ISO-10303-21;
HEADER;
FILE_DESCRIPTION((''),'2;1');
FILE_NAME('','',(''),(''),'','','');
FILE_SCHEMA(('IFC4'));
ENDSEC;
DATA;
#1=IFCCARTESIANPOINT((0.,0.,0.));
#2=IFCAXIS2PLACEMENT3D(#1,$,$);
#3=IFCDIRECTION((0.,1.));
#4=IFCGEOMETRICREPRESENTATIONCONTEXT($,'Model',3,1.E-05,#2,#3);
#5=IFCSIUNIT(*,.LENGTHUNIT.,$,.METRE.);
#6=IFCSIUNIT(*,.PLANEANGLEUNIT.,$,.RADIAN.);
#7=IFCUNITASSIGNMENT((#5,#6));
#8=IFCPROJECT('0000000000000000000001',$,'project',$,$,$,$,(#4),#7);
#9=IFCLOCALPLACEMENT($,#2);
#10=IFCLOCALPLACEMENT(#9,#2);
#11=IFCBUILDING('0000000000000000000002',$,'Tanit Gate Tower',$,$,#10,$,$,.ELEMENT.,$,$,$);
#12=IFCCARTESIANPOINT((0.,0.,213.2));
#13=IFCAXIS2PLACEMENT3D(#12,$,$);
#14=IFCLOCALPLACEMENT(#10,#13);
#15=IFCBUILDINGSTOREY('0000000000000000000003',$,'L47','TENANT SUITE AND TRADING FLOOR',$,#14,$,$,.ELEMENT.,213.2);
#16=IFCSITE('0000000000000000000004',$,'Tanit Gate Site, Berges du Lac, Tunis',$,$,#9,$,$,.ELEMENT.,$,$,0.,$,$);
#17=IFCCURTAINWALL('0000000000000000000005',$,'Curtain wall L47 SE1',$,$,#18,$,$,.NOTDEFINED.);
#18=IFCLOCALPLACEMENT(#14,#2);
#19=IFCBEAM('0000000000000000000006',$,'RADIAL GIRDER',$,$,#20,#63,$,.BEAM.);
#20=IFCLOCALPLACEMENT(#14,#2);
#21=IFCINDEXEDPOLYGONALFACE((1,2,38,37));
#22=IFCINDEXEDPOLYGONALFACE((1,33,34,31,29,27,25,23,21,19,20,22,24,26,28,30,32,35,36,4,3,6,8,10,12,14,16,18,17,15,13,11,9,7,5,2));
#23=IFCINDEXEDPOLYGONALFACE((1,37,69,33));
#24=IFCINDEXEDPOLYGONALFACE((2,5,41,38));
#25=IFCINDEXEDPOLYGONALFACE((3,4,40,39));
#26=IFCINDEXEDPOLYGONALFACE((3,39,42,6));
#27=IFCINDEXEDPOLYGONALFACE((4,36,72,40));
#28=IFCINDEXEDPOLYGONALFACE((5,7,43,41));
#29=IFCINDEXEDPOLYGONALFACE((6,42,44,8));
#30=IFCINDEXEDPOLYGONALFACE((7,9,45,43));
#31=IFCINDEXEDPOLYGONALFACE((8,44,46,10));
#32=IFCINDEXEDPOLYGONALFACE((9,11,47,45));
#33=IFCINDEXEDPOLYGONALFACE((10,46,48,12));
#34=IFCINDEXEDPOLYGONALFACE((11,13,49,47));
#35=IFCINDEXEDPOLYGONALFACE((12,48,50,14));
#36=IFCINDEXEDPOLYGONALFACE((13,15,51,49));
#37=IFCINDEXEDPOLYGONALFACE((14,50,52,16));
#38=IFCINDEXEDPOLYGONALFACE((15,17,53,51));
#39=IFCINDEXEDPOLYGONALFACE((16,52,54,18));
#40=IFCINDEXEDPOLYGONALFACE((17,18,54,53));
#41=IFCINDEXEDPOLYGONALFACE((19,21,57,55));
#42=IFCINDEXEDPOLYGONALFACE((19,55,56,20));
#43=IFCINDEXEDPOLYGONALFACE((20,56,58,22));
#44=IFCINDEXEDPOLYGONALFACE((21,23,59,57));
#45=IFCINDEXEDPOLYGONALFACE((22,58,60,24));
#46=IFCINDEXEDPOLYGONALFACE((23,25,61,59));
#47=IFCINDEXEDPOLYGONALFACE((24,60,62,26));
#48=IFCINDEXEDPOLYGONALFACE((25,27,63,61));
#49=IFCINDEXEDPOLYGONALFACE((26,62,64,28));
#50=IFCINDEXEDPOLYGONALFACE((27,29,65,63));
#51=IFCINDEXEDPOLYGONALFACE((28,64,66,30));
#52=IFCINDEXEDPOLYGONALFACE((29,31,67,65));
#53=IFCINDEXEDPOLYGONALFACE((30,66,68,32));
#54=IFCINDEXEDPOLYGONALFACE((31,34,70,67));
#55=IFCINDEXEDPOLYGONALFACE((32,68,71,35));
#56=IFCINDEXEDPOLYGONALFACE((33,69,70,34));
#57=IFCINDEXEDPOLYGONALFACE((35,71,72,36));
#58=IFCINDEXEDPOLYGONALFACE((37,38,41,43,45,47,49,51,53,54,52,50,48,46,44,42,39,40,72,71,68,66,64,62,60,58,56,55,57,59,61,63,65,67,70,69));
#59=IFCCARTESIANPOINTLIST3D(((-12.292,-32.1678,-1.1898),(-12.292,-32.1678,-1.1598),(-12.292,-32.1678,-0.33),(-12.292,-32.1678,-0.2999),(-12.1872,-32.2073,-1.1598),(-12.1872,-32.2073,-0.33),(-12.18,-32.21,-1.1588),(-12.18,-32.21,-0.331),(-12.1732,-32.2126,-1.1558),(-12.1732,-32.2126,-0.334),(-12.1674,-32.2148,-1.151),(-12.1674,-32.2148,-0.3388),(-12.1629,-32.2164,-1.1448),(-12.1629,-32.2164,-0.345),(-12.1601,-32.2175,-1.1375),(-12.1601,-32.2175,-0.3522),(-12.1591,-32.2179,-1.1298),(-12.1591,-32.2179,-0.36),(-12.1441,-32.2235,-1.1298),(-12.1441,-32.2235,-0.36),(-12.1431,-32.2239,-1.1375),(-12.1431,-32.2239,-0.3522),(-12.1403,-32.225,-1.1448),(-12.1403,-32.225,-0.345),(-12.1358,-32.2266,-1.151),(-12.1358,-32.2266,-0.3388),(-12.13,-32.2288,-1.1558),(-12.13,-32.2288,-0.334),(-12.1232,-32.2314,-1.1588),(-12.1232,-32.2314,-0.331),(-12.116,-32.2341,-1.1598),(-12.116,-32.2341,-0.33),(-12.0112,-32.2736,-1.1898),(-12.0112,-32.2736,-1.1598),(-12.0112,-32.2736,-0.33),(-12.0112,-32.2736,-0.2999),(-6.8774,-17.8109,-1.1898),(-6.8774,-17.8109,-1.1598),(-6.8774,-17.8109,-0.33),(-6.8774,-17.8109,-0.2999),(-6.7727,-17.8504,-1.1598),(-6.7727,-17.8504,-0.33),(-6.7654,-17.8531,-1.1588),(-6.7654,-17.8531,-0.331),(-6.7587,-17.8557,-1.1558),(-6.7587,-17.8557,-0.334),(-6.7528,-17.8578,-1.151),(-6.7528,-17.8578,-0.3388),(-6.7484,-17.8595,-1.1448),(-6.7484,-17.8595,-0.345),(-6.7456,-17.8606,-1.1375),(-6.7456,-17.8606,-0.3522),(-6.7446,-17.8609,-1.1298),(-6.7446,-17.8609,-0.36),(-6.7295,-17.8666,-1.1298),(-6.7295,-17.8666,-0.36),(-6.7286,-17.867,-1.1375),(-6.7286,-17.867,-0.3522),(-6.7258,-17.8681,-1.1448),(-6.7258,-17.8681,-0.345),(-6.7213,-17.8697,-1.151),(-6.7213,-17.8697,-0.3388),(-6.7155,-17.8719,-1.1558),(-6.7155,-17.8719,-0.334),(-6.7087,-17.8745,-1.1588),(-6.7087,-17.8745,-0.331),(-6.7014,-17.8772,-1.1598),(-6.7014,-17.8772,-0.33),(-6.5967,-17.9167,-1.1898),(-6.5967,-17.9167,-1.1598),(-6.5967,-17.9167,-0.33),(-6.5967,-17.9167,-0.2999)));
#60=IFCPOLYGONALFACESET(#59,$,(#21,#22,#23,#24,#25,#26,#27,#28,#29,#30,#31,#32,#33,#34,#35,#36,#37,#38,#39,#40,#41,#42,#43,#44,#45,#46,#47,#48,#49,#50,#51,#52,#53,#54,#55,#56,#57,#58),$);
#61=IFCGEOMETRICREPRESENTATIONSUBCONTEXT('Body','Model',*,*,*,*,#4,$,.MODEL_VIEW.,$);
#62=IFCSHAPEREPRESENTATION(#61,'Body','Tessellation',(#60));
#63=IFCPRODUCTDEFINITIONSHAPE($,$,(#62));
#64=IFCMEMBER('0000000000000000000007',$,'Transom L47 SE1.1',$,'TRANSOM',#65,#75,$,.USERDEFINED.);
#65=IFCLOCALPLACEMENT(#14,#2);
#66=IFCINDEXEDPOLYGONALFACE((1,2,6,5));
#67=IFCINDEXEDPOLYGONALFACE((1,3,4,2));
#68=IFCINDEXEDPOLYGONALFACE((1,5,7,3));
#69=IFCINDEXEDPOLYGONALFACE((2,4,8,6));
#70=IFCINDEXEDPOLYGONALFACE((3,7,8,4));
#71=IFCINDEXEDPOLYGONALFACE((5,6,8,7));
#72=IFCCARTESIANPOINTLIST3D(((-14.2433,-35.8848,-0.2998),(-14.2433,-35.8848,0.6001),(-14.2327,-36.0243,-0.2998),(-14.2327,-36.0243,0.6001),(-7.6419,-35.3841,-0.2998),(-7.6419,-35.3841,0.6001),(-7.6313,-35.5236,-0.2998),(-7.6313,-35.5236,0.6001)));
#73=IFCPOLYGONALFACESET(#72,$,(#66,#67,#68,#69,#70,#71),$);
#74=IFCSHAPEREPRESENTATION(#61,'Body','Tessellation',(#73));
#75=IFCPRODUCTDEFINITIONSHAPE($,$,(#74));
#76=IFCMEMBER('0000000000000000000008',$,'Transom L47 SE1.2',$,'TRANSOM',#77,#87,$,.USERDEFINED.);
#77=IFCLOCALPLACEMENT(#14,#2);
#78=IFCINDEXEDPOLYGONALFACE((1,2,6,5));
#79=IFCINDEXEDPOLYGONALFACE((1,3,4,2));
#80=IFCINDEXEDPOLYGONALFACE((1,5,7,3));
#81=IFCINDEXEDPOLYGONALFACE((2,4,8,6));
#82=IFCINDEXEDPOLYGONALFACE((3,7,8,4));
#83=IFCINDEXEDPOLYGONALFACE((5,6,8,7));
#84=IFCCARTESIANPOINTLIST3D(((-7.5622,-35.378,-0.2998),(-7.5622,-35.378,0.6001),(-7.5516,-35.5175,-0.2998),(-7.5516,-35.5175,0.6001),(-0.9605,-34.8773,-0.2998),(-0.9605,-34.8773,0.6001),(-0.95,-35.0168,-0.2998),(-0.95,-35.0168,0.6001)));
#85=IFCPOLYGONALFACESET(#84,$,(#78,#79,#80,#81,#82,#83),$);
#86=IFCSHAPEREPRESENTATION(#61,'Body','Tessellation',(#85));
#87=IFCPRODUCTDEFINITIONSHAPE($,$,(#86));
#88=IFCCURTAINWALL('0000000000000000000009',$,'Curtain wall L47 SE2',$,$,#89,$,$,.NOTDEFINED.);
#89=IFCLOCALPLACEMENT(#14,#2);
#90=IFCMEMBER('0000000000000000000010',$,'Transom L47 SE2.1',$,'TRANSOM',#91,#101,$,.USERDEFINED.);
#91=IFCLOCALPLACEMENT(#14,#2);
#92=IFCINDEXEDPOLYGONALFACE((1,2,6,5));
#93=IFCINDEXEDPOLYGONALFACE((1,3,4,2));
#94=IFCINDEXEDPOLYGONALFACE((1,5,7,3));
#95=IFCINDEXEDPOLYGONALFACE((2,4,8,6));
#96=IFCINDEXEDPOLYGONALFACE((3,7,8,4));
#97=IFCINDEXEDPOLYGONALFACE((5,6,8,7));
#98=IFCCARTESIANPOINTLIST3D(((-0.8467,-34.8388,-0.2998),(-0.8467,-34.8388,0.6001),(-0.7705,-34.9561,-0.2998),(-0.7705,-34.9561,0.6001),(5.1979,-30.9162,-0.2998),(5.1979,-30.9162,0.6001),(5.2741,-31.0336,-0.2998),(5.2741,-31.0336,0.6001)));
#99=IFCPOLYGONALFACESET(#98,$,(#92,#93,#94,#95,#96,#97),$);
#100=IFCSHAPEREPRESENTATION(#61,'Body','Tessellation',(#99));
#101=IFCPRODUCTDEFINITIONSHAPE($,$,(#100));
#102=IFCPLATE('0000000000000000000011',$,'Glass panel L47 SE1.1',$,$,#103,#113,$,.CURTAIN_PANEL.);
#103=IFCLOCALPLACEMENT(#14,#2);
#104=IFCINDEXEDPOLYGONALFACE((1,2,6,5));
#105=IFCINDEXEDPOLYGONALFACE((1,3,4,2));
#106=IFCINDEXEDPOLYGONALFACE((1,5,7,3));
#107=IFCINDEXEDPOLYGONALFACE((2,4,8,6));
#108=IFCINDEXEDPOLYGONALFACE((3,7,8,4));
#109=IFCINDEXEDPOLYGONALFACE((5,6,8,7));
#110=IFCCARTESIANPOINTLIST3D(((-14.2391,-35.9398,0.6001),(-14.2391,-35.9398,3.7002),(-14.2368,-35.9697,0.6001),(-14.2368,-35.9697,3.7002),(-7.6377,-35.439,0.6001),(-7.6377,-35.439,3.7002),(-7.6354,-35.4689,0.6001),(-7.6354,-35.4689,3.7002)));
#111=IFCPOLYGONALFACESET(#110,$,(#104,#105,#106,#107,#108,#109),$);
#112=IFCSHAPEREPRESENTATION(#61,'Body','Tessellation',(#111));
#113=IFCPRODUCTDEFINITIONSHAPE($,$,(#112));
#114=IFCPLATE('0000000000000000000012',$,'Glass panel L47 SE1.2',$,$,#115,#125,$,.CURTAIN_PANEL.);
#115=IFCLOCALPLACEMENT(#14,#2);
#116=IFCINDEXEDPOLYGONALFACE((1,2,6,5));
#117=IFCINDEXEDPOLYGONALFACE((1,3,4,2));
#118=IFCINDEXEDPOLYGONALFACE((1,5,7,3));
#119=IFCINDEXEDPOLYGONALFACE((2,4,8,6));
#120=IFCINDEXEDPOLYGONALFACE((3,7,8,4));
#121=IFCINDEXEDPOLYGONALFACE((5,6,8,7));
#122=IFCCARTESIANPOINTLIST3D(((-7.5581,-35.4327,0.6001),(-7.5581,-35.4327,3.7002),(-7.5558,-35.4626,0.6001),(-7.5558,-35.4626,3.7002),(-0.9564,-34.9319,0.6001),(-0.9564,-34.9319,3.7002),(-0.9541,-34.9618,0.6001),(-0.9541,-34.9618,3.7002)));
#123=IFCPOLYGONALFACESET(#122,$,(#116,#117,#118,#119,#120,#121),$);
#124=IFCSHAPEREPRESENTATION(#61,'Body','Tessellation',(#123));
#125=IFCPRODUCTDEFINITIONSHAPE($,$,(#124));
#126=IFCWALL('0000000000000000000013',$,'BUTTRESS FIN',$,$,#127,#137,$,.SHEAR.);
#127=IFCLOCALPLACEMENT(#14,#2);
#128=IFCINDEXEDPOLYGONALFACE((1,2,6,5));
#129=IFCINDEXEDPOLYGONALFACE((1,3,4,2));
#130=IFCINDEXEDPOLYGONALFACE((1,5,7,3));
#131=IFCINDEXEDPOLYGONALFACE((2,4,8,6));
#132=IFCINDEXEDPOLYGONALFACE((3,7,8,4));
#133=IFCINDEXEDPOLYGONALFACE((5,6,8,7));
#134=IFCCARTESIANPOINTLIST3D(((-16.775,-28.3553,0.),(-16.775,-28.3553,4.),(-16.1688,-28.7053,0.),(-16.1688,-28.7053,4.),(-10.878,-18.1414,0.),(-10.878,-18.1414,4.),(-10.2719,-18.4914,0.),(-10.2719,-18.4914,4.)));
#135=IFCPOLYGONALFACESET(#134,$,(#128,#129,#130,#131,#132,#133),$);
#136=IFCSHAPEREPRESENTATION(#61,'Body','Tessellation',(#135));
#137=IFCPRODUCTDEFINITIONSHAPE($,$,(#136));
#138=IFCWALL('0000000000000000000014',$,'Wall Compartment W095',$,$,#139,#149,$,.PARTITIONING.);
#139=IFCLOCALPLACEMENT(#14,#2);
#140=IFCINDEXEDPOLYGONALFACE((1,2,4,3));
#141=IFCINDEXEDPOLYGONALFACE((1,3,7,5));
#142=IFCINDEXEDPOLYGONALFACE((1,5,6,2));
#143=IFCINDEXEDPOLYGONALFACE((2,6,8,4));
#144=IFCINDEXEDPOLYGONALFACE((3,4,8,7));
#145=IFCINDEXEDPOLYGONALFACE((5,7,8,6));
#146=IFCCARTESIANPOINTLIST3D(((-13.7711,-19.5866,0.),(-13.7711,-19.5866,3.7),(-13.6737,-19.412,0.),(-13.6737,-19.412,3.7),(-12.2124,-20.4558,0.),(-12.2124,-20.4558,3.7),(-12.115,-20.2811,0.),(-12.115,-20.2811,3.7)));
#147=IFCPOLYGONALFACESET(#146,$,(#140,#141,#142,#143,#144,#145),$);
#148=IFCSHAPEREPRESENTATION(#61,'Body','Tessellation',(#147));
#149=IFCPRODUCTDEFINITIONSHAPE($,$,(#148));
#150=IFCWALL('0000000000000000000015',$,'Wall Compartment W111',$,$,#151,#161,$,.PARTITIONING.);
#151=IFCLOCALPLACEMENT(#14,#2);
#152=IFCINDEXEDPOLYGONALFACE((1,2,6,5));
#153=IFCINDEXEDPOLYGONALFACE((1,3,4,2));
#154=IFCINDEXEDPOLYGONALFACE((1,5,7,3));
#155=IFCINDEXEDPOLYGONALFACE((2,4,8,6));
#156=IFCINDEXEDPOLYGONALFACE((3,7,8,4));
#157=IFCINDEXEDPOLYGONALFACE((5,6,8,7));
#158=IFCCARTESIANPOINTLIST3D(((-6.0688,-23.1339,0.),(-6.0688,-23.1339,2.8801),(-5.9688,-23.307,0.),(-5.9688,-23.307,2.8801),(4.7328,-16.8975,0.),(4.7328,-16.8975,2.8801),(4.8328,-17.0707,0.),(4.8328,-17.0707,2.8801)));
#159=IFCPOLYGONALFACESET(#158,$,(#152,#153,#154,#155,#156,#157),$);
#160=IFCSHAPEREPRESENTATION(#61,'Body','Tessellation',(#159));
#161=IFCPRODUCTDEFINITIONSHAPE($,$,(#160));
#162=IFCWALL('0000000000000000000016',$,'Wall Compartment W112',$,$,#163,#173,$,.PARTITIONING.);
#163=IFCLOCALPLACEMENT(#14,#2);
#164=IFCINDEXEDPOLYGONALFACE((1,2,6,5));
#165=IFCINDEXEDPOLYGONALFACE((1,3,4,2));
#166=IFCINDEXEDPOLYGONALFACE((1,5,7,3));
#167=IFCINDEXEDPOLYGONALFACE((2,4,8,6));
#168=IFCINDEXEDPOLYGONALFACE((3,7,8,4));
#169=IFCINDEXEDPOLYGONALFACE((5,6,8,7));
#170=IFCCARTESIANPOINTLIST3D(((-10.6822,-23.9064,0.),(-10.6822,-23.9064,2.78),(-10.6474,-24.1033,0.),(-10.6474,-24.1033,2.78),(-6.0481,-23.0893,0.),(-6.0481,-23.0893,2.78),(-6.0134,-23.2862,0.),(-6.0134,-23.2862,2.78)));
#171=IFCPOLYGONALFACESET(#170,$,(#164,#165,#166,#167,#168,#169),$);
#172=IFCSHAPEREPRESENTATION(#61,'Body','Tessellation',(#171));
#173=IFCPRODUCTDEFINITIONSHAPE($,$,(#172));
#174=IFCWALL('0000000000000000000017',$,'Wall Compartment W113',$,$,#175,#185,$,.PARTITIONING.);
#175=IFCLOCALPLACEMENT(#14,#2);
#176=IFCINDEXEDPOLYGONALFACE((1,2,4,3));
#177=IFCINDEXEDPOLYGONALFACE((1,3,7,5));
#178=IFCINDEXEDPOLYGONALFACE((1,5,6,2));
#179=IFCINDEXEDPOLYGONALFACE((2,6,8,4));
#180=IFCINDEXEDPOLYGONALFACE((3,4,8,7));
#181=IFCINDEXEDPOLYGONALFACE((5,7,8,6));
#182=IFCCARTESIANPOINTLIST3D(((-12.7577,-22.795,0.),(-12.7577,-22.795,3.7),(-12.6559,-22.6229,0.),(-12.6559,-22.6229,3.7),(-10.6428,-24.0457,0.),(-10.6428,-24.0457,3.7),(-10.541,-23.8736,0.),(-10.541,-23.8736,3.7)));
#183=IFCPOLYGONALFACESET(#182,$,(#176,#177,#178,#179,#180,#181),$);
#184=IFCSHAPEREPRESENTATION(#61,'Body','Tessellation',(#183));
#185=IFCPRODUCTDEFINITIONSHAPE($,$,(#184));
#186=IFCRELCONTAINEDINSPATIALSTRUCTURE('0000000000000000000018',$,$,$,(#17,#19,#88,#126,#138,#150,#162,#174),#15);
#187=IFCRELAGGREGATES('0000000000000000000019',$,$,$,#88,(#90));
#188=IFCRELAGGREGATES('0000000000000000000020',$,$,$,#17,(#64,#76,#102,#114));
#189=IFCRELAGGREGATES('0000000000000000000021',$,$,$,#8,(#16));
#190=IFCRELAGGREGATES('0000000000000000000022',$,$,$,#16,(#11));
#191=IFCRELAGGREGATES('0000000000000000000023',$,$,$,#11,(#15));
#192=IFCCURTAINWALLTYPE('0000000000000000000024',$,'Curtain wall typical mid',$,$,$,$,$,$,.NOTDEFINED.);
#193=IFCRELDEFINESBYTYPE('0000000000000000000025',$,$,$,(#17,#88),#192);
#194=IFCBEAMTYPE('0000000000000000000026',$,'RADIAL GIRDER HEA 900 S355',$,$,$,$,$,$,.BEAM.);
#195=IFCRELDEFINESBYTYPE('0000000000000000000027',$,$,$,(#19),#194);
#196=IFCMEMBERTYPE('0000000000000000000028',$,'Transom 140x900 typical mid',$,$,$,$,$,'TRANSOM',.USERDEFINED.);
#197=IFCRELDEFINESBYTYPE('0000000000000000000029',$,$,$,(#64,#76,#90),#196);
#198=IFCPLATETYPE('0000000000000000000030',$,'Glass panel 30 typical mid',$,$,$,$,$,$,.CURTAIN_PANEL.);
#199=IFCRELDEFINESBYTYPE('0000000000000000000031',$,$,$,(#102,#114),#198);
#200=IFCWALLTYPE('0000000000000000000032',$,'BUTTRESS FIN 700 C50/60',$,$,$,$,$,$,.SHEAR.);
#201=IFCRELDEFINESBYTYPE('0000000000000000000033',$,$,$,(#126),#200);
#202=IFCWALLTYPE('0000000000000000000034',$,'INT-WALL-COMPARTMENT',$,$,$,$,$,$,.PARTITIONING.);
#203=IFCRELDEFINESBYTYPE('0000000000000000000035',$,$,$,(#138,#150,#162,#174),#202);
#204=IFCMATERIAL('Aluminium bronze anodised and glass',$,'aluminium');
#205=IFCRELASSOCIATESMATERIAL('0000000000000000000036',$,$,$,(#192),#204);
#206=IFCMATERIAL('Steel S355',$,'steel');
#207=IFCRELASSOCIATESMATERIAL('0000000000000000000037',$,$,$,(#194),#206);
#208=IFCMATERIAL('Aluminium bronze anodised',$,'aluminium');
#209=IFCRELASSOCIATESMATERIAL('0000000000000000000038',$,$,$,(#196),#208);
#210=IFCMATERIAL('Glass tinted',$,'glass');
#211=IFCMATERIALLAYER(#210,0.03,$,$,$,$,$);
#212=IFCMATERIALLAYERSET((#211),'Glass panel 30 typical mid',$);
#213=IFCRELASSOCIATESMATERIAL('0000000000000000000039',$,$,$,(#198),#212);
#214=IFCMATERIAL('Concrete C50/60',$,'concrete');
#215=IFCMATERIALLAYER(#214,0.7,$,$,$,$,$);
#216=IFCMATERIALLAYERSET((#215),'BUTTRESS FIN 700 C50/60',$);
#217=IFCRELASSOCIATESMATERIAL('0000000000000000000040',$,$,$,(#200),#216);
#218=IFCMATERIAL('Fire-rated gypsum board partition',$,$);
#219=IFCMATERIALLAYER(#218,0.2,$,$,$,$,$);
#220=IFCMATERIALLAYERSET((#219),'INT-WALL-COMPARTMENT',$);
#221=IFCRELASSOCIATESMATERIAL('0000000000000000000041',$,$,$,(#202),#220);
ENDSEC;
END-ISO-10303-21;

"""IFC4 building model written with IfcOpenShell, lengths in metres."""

from ifc_helpers import new_model, si_unit, direction, frame, frame_2d, origin, origin_2d, place, context, subcontext, project, spatial, rectangle, i_section, extrude, material, layer, layer_set, material_profile, profile_set, type_object, element, aggregate, save


model = new_model("IFC4")

# Units and contexts
model_context = context("Model", 3, precision=1e-05, world=origin(), true_north=direction((0.0, 1.0)))
body_context = subcontext(model_context, "Body", "Model", "MODEL_VIEW")
ifc_project = project(units=[si_unit("LENGTHUNIT", "METRE"), si_unit("PLANEANGLEUNIT", "RADIAN")], contexts=[model_context])

# Site, building, storey
site_placement = place(None, origin())
site = spatial("IfcSite", under=ifc_project, at=site_placement, Name="Tanit Gate Site, Berges du Lac, Tunis", CompositionType="ELEMENT", RefElevation=0.0)
building_placement = place(site_placement, origin())
building = spatial("IfcBuilding", under=site, at=building_placement, Name="Tanit Gate Tower", CompositionType="ELEMENT")
storey_placement = place(building_placement, frame((0.0, 0.0, 213.2)))
storey = spatial("IfcBuildingStorey", under=building, at=storey_placement, Name="L47", Description="TENANT SUITE AND TRADING FLOOR", CompositionType="ELEMENT", Elevation=213.2)

# Curtain wall
ifc_material_1 = material(Name="Aluminium bronze anodised and glass", Category="aluminium")
curtain_wall_type = type_object("IfcCurtainWallType", Name="Curtain wall typical mid", PredefinedType="NOTDEFINED", material=ifc_material_1)
curtain_wall_1_placement = place(storey_placement, origin())
curtain_wall_1 = element("IfcCurtainWall", 1, at=curtain_wall_1_placement, inside=storey, type_object=curtain_wall_type, Name="Curtain wall L47 SE1", PredefinedType="NOTDEFINED")

# Beam
ifc_material_2 = material(Name="Steel S355", Category="steel")
ifc_material_profile_1 = material_profile(ifc_material_2, i_section(OverallWidth=0.3, OverallDepth=0.8899, WebThickness=0.0161, FlangeThickness=0.03, FilletRadius=0.03, at=origin_2d()), Name="HEA 900")
ifc_profile_set_1 = profile_set([ifc_material_profile_1], Name="Steel S355")
beam_type_1 = type_object("IfcBeamType", Name="RADIAL GIRDER HEA 900 S355", PredefinedType="BEAM", material=ifc_profile_set_1)
beam_1_placement = place(storey_placement, frame((-12.1516, -32.2207, -0.7449), z_axis=(0.352877, 0.93567, 0.0), x_axis=(-0.93567, 0.352877, 0.0)))
element("IfcBeam", 2, at=beam_1_placement, inside=storey, type_object=beam_type_1, Name="RADIAL GIRDER", PredefinedType="BEAM", context=body_context, shape_type="SweptSolid", body=[
    extrude(i_section(OverallWidth=0.3, OverallDepth=0.8899, WebThickness=0.0161, FlangeThickness=0.03, FilletRadius=0.03, at=origin_2d()), origin(), (0.0, 0.0, 1.0), 15.344),
])

# Members
ifc_material_3 = material(Name="Aluminium bronze anodised", Category="aluminium")
ifc_material_profile_2 = material_profile(ifc_material_3, rectangle(XDim=0.1399, YDim=0.8999, at=origin_2d()), Name="140x900 bronze transom")
ifc_profile_set_2 = profile_set([ifc_material_profile_2], Name="Aluminium bronze anodised")
member_type_1 = type_object("IfcMemberType", Name="Transom 140x900 typical mid", ElementType="TRANSOM", PredefinedType="USERDEFINED", material=ifc_profile_set_2)
member_1_placement = place(storey_placement, frame((-14.238, -35.9546, 0.1501), z_axis=(0.997135, 0.075636, 0.0), x_axis=(-0.075636, 0.997135, 0.0)))
member_1 = element("IfcMember", 3, at=member_1_placement, type_object=member_type_1, Name="Transom L47 SE1.1", ObjectType="TRANSOM", PredefinedType="USERDEFINED", context=body_context, shape_type="SweptSolid", body=[
    extrude(rectangle(XDim=0.1399, YDim=0.8999, at=origin_2d()), origin(), (0.0, 0.0, 1.0), 6.6204),
])
member_2_placement = place(storey_placement, frame((-7.5569, -35.4478, 0.1501), z_axis=(0.997136, 0.075633, 0.0), x_axis=(-0.075633, 0.997136, 0.0)))
member_2 = element("IfcMember", 4, at=member_2_placement, type_object=member_type_1, Name="Transom L47 SE1.2", ObjectType="TRANSOM", PredefinedType="USERDEFINED", context=body_context, shape_type="SweptSolid", body=[
    extrude(rectangle(XDim=0.1399, YDim=0.8999, at=origin_2d()), origin(), (0.0, 0.0, 1.0), 6.6206),
])

# Curtain wall, member
curtain_wall_2_placement = place(storey_placement, origin())
curtain_wall_2 = element("IfcCurtainWall", 5, at=curtain_wall_2_placement, inside=storey, type_object=curtain_wall_type, Name="Curtain wall L47 SE2", PredefinedType="NOTDEFINED")
member_3_placement = place(storey_placement, frame((-0.8086, -34.8975, 0.1501), z_axis=(0.838851, 0.544361, 0.0), x_axis=(-0.544361, 0.838851, 0.0)))
member_3 = element("IfcMember", 6, at=member_3_placement, type_object=member_type_1, Name="Transom L47 SE2.1", ObjectType="TRANSOM", PredefinedType="USERDEFINED", context=body_context, shape_type="SweptSolid", body=[
    extrude(rectangle(XDim=0.1399, YDim=0.8999, at=origin_2d()), origin(), (0.0, 0.0, 1.0), 7.2058),
])
aggregate(curtain_wall_2, [member_3])

# Plates
ifc_material_4 = material(Name="Glass tinted", Category="glass")
ifc_layer_1 = layer(ifc_material_4, 0.03)
ifc_layer_set_1 = layer_set([ifc_layer_1], Name="Glass panel 30 typical mid")
plate_type = type_object("IfcPlateType", Name="Glass panel 30 typical mid", PredefinedType="CURTAIN_PANEL", material=ifc_layer_set_1)
plate_1_placement = place(storey_placement, frame((-10.9373, -35.7043, 0.6001), z_axis=(0.0, 0.0, 1.0), x_axis=(0.997135, 0.075645, 0.0)))
plate_1 = element("IfcPlate", 7, at=plate_1_placement, type_object=plate_type, Name="Glass panel L47 SE1.1", PredefinedType="CURTAIN_PANEL", context=body_context, shape_type="SweptSolid", body=[
    extrude(rectangle(XDim=6.6204, YDim=0.03, at=origin_2d()), origin(), (0.0, 0.0, 1.0), 3.1001),
])
plate_2_placement = place(storey_placement, frame((-4.2561, -35.1973, 0.6001), z_axis=(0.0, 0.0, 1.0), x_axis=(0.997135, 0.075645, 0.0)))
plate_2 = element("IfcPlate", 8, at=plate_2_placement, type_object=plate_type, Name="Glass panel L47 SE1.2", PredefinedType="CURTAIN_PANEL", context=body_context, shape_type="SweptSolid", body=[
    extrude(rectangle(XDim=6.6206, YDim=0.03, at=origin_2d()), origin(), (0.0, 0.0, 1.0), 3.1001),
])
aggregate(curtain_wall_1, [member_1, member_2, plate_1, plate_2])

# Wall
ifc_material_5 = material(Name="Concrete C50/60", Category="concrete")
ifc_layer_2 = layer(ifc_material_5, 0.7)
ifc_layer_set_2 = layer_set([ifc_layer_2], Name="BUTTRESS FIN 700 C50/60")
wall_type_1 = type_object("IfcWallType", Name="BUTTRESS FIN 700 C50/60", PredefinedType="SHEAR", material=ifc_layer_set_2)
wall_1_placement = place(storey_placement, frame((-10.575, -18.3164, 0.0), z_axis=(0.0, 0.0, 1.0), x_axis=(-0.5, -0.866026, 0.0)))
element("IfcWall", 9, at=wall_1_placement, inside=storey, type_object=wall_type_1, Name="BUTTRESS FIN", PredefinedType="SHEAR", context=body_context, shape_type="SweptSolid", body=[
    extrude(rectangle(XDim=11.7939, YDim=0.7, at=frame_2d((5.897, 0.0))), origin(), (0.0, 0.0, 1.0), 4.0),
])

# Walls
ifc_material_6 = material(Name="Fire-rated gypsum board partition")
ifc_layer_3 = layer(ifc_material_6, 0.2)
ifc_layer_set_3 = layer_set([ifc_layer_3], Name="INT-WALL-COMPARTMENT")
wall_type_2 = type_object("IfcWallType", Name="INT-WALL-COMPARTMENT", PredefinedType="PARTITIONING", material=ifc_layer_set_3)
wall_2_placement = place(storey_placement, frame((-13.7224, -19.4993, 0.0), z_axis=(0.0, 0.0, 1.0), x_axis=(0.873382, -0.487036, 0.0)))
element("IfcWall", 10, at=wall_2_placement, inside=storey, type_object=wall_type_2, Name="Wall Compartment W095", PredefinedType="PARTITIONING", context=body_context, shape_type="SweptSolid", body=[
    extrude(rectangle(XDim=1.7847, YDim=0.2, at=frame_2d((0.8923, 0.0))), origin(), (0.0, 0.0, 1.0), 3.7),
])
wall_3_placement = place(storey_placement, frame((-6.0188, -23.2205, 0.0), z_axis=(0.0, 0.0, 1.0), x_axis=(0.866023, 0.500004, 0.0)))
element("IfcWall", 11, at=wall_3_placement, inside=storey, type_object=wall_type_2, Name="Wall Compartment W111", PredefinedType="PARTITIONING", context=body_context, shape_type="SweptSolid", body=[
    extrude(rectangle(XDim=12.4727, YDim=0.2, at=frame_2d((6.2363, 0.0))), origin(), (0.0, 0.0, 1.0), 2.8801),
])
wall_4_placement = place(storey_placement, frame((-10.6648, -24.0049, 0.0), z_axis=(0.0, 0.0, 1.0), x_axis=(0.984807, 0.173655, 0.0)))
element("IfcWall", 12, at=wall_4_placement, inside=storey, type_object=wall_type_2, Name="Wall Compartment W112", PredefinedType="PARTITIONING", context=body_context, shape_type="SweptSolid", body=[
    extrude(rectangle(XDim=4.7056, YDim=0.2, at=frame_2d((2.3528, 0.0))), origin(), (0.0, 0.0, 1.0), 2.78),
])
wall_5_placement = place(storey_placement, frame((-12.7068, -22.709, 0.0), z_axis=(0.0, 0.0, 1.0), x_axis=(0.860754, -0.509021, 0.0)))
element("IfcWall", 13, at=wall_5_placement, inside=storey, type_object=wall_type_2, Name="Wall Compartment W113", PredefinedType="PARTITIONING", context=body_context, shape_type="SweptSolid", body=[
    extrude(rectangle(XDim=2.457, YDim=0.2, at=frame_2d((1.2285, 0.0))), origin(), (0.0, 0.0, 1.0), 3.7),
])

save(model, "model.ifc")
